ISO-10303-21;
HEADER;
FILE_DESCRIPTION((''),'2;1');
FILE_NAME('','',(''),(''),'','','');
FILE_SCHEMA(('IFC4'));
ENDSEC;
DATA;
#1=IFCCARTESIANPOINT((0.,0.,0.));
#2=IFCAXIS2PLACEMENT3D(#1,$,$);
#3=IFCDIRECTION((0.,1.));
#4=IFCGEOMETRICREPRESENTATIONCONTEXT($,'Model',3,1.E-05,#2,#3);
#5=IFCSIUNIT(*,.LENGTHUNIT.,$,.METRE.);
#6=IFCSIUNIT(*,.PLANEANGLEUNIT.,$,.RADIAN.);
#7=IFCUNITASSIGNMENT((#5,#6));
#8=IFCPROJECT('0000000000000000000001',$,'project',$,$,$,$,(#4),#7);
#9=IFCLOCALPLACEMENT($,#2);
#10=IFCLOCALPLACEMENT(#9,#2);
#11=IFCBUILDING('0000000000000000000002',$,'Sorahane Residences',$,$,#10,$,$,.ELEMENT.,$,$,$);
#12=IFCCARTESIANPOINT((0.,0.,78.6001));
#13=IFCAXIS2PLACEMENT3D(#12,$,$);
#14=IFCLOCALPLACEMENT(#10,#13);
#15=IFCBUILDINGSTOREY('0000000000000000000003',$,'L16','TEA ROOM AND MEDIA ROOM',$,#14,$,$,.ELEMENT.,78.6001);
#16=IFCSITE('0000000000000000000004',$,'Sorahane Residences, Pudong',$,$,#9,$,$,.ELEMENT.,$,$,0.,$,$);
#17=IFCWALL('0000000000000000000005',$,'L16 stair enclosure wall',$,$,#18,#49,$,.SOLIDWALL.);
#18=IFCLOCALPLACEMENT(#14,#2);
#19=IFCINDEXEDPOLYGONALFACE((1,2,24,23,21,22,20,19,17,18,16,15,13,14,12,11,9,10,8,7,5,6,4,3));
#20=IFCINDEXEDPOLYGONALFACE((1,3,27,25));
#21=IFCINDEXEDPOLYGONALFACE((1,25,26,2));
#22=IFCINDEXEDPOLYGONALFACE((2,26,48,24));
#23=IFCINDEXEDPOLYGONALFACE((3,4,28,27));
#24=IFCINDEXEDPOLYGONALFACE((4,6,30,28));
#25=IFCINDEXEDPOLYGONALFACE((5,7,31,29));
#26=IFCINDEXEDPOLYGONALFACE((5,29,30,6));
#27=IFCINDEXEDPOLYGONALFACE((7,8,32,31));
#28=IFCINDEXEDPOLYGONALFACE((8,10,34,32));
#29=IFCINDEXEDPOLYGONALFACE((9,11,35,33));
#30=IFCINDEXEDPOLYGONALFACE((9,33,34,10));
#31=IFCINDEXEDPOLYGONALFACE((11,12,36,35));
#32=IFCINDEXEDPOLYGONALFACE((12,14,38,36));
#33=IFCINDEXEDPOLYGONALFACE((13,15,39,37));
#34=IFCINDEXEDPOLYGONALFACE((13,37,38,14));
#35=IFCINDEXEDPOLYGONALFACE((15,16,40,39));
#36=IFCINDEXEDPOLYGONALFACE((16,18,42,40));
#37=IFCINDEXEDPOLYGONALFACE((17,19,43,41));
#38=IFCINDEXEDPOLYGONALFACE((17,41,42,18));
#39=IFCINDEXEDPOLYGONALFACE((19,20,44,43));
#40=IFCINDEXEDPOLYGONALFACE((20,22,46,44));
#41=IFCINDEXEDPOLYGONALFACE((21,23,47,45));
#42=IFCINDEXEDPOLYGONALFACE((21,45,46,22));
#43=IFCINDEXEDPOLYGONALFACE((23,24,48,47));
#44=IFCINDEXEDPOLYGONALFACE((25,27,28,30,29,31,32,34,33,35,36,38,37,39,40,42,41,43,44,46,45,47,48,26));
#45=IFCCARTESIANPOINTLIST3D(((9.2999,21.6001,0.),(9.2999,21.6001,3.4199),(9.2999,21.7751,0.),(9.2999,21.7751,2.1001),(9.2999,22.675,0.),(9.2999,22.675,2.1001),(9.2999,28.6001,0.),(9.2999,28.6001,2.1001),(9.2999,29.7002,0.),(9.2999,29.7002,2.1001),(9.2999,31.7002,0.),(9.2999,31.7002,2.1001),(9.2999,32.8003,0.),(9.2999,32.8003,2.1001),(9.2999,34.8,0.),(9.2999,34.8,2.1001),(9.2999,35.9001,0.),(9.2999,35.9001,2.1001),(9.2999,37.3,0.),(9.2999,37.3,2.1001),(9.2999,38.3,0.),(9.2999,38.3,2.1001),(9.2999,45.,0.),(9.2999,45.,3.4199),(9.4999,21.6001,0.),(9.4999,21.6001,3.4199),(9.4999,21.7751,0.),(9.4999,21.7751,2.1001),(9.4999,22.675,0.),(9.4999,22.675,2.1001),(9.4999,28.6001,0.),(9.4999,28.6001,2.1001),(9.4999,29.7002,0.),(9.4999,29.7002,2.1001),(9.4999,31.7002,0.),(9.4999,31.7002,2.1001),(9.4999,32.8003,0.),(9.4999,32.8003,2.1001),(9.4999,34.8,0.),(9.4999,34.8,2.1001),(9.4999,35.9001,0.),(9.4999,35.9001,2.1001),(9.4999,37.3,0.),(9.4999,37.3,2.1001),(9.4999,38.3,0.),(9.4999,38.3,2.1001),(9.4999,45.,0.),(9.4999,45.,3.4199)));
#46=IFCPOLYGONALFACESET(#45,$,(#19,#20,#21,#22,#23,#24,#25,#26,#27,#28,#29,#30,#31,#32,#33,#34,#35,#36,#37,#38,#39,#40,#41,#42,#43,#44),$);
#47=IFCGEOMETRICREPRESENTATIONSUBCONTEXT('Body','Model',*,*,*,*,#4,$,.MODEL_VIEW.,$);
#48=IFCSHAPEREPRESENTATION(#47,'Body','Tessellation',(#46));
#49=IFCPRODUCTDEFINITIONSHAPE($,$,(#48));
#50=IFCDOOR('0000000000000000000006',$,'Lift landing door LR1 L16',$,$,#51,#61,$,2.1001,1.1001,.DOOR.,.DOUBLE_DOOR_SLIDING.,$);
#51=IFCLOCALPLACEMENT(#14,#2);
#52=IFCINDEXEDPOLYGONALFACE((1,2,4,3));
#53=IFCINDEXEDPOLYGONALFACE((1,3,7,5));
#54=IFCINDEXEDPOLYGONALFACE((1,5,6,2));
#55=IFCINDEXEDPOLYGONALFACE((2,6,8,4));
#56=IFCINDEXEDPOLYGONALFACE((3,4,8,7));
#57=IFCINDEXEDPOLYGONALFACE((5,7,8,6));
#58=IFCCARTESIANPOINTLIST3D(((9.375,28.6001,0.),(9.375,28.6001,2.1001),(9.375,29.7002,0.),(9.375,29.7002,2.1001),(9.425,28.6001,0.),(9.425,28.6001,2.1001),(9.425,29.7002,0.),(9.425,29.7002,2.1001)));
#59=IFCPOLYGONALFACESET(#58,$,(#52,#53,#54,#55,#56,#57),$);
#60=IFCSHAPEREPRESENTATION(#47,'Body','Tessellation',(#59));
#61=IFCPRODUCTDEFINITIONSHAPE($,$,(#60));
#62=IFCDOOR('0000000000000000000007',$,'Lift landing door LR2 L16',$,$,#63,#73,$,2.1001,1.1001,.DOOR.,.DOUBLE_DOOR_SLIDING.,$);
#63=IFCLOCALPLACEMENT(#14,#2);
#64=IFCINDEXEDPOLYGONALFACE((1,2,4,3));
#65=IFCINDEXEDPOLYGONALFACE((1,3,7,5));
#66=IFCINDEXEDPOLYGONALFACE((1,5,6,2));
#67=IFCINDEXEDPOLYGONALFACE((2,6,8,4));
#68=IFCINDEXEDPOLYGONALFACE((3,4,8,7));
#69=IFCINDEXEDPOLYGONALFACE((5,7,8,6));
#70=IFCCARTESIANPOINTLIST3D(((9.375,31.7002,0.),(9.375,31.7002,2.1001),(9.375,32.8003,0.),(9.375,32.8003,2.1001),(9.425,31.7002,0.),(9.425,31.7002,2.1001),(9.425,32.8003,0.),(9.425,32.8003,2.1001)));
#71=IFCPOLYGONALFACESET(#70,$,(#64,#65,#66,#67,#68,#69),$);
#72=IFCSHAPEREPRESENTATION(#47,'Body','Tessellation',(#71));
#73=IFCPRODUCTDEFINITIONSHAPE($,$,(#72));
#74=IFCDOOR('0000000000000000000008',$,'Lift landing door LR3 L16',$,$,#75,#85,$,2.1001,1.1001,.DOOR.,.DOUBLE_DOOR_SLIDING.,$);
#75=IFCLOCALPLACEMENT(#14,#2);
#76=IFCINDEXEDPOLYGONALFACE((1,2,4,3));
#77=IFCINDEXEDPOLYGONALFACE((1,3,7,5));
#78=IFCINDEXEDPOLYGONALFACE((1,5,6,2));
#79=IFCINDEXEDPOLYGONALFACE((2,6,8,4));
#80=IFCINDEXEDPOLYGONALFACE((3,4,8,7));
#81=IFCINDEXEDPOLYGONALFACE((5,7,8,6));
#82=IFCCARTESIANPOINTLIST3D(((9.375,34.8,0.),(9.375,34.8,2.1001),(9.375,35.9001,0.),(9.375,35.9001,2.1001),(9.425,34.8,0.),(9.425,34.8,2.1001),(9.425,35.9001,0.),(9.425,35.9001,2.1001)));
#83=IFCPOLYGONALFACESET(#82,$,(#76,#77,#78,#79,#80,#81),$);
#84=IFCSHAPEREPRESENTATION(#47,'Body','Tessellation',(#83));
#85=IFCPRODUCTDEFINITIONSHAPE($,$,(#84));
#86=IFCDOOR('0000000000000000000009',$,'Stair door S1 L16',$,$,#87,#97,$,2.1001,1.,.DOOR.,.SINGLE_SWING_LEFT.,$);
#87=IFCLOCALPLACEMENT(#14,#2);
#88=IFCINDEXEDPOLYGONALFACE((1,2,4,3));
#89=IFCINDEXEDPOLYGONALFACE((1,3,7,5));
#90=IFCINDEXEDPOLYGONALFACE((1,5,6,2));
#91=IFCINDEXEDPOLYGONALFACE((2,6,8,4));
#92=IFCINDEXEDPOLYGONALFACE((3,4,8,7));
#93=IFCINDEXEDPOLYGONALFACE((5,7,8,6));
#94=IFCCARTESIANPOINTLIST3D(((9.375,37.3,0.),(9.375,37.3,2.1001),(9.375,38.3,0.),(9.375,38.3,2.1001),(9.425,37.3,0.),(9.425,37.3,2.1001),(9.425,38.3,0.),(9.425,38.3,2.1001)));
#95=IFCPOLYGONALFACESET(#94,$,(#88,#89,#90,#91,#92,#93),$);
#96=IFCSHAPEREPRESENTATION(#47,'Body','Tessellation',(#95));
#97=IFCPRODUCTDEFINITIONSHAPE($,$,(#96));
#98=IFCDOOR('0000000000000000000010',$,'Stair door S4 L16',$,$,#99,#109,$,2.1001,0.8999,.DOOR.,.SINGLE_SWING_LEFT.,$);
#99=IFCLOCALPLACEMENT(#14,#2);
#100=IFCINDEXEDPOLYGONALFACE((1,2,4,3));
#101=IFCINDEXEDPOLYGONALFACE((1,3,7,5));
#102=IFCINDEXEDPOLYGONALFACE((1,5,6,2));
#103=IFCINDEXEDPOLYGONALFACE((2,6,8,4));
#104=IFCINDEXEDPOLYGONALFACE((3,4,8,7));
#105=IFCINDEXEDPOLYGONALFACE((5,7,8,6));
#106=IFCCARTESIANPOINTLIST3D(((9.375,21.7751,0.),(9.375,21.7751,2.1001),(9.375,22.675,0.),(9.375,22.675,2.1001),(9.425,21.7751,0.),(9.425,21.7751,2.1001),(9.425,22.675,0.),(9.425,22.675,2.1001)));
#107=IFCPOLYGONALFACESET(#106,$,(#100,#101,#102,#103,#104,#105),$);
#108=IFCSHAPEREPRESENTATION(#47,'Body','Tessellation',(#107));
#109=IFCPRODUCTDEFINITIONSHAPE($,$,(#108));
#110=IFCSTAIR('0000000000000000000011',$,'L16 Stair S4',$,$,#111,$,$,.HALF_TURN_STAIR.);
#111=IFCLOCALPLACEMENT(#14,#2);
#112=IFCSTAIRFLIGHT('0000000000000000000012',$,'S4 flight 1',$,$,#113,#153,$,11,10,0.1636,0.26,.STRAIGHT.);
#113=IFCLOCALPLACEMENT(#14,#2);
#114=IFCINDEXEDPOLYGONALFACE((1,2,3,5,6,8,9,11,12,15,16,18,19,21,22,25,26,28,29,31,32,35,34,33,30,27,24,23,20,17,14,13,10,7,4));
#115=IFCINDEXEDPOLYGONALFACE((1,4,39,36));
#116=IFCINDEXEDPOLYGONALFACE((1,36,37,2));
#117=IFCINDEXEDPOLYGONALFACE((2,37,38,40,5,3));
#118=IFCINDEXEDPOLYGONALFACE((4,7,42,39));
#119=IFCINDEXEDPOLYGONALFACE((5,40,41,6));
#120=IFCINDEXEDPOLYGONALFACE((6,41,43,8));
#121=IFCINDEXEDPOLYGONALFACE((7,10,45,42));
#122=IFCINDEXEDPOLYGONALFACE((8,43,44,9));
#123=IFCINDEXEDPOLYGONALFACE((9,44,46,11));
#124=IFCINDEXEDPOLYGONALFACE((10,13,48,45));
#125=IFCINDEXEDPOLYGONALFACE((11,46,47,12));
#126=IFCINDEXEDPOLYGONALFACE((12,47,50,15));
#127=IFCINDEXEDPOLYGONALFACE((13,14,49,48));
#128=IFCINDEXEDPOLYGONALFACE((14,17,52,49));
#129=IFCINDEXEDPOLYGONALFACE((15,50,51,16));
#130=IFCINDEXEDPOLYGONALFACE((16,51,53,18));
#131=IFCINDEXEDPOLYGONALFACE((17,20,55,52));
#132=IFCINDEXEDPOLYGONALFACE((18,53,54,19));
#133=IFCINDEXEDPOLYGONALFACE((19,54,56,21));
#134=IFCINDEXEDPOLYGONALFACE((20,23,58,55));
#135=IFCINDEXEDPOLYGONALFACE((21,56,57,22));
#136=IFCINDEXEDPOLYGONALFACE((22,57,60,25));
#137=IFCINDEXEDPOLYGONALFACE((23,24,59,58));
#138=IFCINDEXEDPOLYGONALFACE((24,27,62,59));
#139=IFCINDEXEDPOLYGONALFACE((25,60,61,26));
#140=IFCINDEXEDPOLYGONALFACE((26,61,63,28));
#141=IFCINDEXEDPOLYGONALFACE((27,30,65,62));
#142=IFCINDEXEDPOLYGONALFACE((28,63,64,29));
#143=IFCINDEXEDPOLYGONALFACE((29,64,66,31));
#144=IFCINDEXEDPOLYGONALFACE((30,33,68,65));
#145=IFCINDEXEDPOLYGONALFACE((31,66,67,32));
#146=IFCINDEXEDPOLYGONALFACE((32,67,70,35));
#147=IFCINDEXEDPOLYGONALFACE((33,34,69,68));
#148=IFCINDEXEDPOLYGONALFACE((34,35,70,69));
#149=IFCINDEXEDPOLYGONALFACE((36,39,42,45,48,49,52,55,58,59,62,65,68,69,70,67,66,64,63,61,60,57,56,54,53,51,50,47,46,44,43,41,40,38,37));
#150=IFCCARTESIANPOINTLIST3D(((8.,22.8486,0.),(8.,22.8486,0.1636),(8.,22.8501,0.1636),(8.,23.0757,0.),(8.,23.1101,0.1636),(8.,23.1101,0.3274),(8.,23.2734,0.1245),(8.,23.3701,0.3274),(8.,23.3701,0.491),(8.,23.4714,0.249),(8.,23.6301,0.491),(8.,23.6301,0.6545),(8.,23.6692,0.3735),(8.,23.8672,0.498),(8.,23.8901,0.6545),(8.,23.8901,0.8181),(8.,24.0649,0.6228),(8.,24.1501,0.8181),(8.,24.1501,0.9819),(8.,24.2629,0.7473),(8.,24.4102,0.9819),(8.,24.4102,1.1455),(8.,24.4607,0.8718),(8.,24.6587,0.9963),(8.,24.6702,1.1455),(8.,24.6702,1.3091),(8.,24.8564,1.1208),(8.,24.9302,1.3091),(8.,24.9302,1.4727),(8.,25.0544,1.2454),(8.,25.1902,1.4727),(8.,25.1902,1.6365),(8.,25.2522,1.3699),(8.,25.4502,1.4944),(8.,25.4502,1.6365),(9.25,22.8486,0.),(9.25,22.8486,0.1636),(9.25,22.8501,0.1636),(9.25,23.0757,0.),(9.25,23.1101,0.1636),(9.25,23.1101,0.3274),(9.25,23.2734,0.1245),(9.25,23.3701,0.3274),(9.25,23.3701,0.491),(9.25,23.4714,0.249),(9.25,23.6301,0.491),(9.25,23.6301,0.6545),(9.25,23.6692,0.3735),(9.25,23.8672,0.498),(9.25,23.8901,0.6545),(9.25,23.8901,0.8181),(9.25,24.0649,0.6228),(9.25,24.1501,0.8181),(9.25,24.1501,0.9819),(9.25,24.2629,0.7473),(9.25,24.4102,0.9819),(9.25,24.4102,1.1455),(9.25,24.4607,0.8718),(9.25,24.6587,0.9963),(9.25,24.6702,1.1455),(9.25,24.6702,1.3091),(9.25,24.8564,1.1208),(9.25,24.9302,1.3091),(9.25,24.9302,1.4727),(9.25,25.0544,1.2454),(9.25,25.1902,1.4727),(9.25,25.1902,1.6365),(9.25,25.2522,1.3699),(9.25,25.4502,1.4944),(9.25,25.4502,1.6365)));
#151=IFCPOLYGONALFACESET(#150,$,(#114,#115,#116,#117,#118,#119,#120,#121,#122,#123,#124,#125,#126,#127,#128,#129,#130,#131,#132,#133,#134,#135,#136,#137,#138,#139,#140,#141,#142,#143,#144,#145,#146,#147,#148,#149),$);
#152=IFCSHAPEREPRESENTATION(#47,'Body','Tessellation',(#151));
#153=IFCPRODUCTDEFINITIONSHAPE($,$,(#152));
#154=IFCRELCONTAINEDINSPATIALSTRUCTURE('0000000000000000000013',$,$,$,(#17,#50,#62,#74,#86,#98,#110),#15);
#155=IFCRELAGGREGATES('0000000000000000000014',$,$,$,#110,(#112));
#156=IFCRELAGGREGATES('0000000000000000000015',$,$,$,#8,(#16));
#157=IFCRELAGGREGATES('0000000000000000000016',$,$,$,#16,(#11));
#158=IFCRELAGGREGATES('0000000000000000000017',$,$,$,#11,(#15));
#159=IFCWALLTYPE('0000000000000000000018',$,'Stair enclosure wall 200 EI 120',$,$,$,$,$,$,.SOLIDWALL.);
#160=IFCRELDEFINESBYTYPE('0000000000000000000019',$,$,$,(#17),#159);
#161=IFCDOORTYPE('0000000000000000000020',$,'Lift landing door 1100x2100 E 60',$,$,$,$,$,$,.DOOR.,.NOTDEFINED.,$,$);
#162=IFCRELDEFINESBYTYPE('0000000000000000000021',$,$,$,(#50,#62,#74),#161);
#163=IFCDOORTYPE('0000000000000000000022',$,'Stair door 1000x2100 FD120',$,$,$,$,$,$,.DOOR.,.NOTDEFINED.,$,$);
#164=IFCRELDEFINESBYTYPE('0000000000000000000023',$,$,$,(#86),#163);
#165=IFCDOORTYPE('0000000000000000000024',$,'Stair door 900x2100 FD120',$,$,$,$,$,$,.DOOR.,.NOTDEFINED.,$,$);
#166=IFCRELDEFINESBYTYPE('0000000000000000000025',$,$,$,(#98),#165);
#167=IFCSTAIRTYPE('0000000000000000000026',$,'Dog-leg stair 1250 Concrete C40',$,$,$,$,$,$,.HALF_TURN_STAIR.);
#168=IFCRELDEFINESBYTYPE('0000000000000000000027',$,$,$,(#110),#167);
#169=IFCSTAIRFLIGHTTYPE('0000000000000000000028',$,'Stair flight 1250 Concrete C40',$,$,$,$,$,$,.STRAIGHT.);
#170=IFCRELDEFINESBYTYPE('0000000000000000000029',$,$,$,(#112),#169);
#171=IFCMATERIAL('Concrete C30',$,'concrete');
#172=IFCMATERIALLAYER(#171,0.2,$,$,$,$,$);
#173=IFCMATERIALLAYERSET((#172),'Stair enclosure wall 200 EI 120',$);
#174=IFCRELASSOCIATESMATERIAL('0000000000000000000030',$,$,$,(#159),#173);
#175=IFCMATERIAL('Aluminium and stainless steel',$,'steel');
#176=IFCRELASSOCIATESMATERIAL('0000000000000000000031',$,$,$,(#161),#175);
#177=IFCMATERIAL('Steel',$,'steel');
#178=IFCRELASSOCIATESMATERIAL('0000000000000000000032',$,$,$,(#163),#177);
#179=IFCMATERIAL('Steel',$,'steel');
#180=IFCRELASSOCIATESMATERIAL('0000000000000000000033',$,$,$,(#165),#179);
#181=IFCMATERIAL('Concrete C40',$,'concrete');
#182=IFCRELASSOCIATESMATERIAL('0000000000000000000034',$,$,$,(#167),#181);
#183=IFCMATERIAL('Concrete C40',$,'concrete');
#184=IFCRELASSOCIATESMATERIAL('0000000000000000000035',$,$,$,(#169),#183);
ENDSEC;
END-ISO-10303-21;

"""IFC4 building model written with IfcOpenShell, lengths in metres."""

from ifc_helpers import new_model, si_unit, direction, frame, frame_2d, origin, place, context, subcontext, project, spatial, polyline, rectangle, outline, extrude, material, layer, layer_set, type_object, element, fill, aggregate, save


model = new_model("IFC4")

# Units and contexts
model_context = context("Model", 3, precision=1e-05, world=origin(), true_north=direction((0.0, 1.0)))
body_context = subcontext(model_context, "Body", "Model", "MODEL_VIEW")
ifc_project = project(units=[si_unit("LENGTHUNIT", "METRE"), si_unit("PLANEANGLEUNIT", "RADIAN")], contexts=[model_context])

# Site, building, storey
site_placement = place(None, origin())
site = spatial("IfcSite", under=ifc_project, at=site_placement, Name="Sorahane Residences, Pudong", CompositionType="ELEMENT", RefElevation=0.0)
building_placement = place(site_placement, origin())
building = spatial("IfcBuilding", under=site, at=building_placement, Name="Sorahane Residences", CompositionType="ELEMENT")
storey_placement = place(building_placement, frame((0.0, 0.0, 78.6001)))
storey = spatial("IfcBuildingStorey", under=building, at=storey_placement, Name="L16", Description="TEA ROOM AND MEDIA ROOM", CompositionType="ELEMENT", Elevation=78.6001)

# Wall, openings, doors
ifc_material_1 = material(Name="Concrete C30", Category="concrete")
ifc_layer_1 = layer(ifc_material_1, 0.2)
ifc_layer_set_1 = layer_set([ifc_layer_1], Name="Stair enclosure wall 200 EI 120")
wall_type_1 = type_object("IfcWallType", Name="Stair enclosure wall 200 EI 120", PredefinedType="SOLIDWALL", material=ifc_layer_set_1)
wall_1_placement = place(storey_placement, frame((9.3999, 21.6001, 0.0), z_axis=(0.0, 0.0, 1.0), x_axis=(0.0, 1.0, 0.0)))
wall_1 = element("IfcWall", 1, at=wall_1_placement, inside=storey, type_object=wall_type_1, Name="L16 stair enclosure wall", PredefinedType="SOLIDWALL", context=body_context, shape_type="SweptSolid", body=[
    extrude(rectangle(XDim=23.3999, YDim=0.2, at=frame_2d((11.7, 0.0))), origin(), (0.0, 0.0, 1.0), 3.4199),
])
opening_1_placement = place(wall_1_placement, frame((7.0, 0.0, 0.0)))
opening_1 = element("IfcOpeningElement", 2, at=opening_1_placement, cuts=wall_1, PredefinedType="OPENING", context=body_context, shape_type="SweptSolid", body=[
    extrude(rectangle(XDim=1.1001, YDim=2.1001, at=frame_2d((0.55, 1.05))), frame((0.0, 0.1099, 0.0), z_axis=(0.0, -1.0, 0.0), x_axis=(1.0, 0.0, 0.0)), (0.0, 0.0, 1.0), 0.22),
])
opening_2_placement = place(wall_1_placement, frame((10.1001, 0.0, 0.0)))
opening_2 = element("IfcOpeningElement", 3, at=opening_2_placement, cuts=wall_1, PredefinedType="OPENING", context=body_context, shape_type="SweptSolid", body=[
    extrude(rectangle(XDim=1.1001, YDim=2.1001, at=frame_2d((0.55, 1.05))), frame((0.0, 0.1099, 0.0), z_axis=(0.0, -1.0, 0.0), x_axis=(1.0, 0.0, 0.0)), (0.0, 0.0, 1.0), 0.22),
])
opening_3_placement = place(wall_1_placement, frame((13.2, 0.0, 0.0)))
opening_3 = element("IfcOpeningElement", 4, at=opening_3_placement, cuts=wall_1, PredefinedType="OPENING", context=body_context, shape_type="SweptSolid", body=[
    extrude(rectangle(XDim=1.1001, YDim=2.1001, at=frame_2d((0.55, 1.05))), frame((0.0, 0.1099, 0.0), z_axis=(0.0, -1.0, 0.0), x_axis=(1.0, 0.0, 0.0)), (0.0, 0.0, 1.0), 0.22),
])
opening_4_placement = place(wall_1_placement, frame((15.7, 0.0, 0.0)))
opening_4 = element("IfcOpeningElement", 5, at=opening_4_placement, cuts=wall_1, PredefinedType="OPENING", context=body_context, shape_type="SweptSolid", body=[
    extrude(rectangle(XDim=1.0, YDim=2.1001, at=frame_2d((0.5, 1.05))), frame((0.0, 0.1099, 0.0), z_axis=(0.0, -1.0, 0.0), x_axis=(1.0, 0.0, 0.0)), (0.0, 0.0, 1.0), 0.22),
])
opening_5_placement = place(wall_1_placement, frame((0.175, 0.0, 0.0)))
opening_5 = element("IfcOpeningElement", 6, at=opening_5_placement, cuts=wall_1, PredefinedType="OPENING", context=body_context, shape_type="SweptSolid", body=[
    extrude(rectangle(XDim=0.8999, YDim=2.1001, at=frame_2d((0.45, 1.05))), frame((0.0, 0.1099, 0.0), z_axis=(0.0, -1.0, 0.0), x_axis=(1.0, 0.0, 0.0)), (0.0, 0.0, 1.0), 0.22),
])
ifc_material_2 = material(Name="Aluminium and stainless steel", Category="steel")
door_type_1 = type_object("IfcDoorType", Name="Lift landing door 1100x2100 E 60", OperationType="NOTDEFINED", PredefinedType="DOOR", material=ifc_material_2)
door_1_placement = place(opening_1_placement, origin())
door_1 = element("IfcDoor", 7, at=door_1_placement, inside=storey, type_object=door_type_1, Name="Lift landing door LR1 L16", OperationType="DOUBLE_DOOR_SLIDING", OverallHeight=2.1001, OverallWidth=1.1001, PredefinedType="DOOR", context=body_context, shape_type="SweptSolid", body=[
    extrude(rectangle(XDim=1.1001, YDim=2.1001, at=frame_2d((0.55, 1.05))), frame((0.0, 0.0249, 0.0), z_axis=(0.0, -1.0, 0.0), x_axis=(1.0, 0.0, 0.0)), (0.0, 0.0, 1.0), 0.05),
])
fill(opening_1, door_1)
door_2_placement = place(opening_2_placement, origin())
door_2 = element("IfcDoor", 8, at=door_2_placement, inside=storey, type_object=door_type_1, Name="Lift landing door LR2 L16", OperationType="DOUBLE_DOOR_SLIDING", OverallHeight=2.1001, OverallWidth=1.1001, PredefinedType="DOOR", context=body_context, shape_type="SweptSolid", body=[
    extrude(rectangle(XDim=1.1001, YDim=2.1001, at=frame_2d((0.55, 1.05))), frame((0.0, 0.0249, 0.0), z_axis=(0.0, -1.0, 0.0), x_axis=(1.0, 0.0, 0.0)), (0.0, 0.0, 1.0), 0.05),
])
fill(opening_2, door_2)
door_3_placement = place(opening_3_placement, origin())
door_3 = element("IfcDoor", 9, at=door_3_placement, inside=storey, type_object=door_type_1, Name="Lift landing door LR3 L16", OperationType="DOUBLE_DOOR_SLIDING", OverallHeight=2.1001, OverallWidth=1.1001, PredefinedType="DOOR", context=body_context, shape_type="SweptSolid", body=[
    extrude(rectangle(XDim=1.1001, YDim=2.1001, at=frame_2d((0.55, 1.05))), frame((0.0, 0.0249, 0.0), z_axis=(0.0, -1.0, 0.0), x_axis=(1.0, 0.0, 0.0)), (0.0, 0.0, 1.0), 0.05),
])
fill(opening_3, door_3)
ifc_material_3 = material(Name="Steel", Category="steel")
door_type_2 = type_object("IfcDoorType", Name="Stair door 1000x2100 FD120", OperationType="NOTDEFINED", PredefinedType="DOOR", material=ifc_material_3)
door_4_placement = place(opening_4_placement, origin())
door_4 = element("IfcDoor", 10, at=door_4_placement, inside=storey, type_object=door_type_2, Name="Stair door S1 L16", OperationType="SINGLE_SWING_LEFT", OverallHeight=2.1001, OverallWidth=1.0, PredefinedType="DOOR", context=body_context, shape_type="SweptSolid", body=[
    extrude(rectangle(XDim=1.0, YDim=2.1001, at=frame_2d((0.5, 1.05))), frame((0.0, 0.0249, 0.0), z_axis=(0.0, -1.0, 0.0), x_axis=(1.0, 0.0, 0.0)), (0.0, 0.0, 1.0), 0.05),
])
fill(opening_4, door_4)
ifc_material_4 = material(Name="Steel", Category="steel")
door_type_3 = type_object("IfcDoorType", Name="Stair door 900x2100 FD120", OperationType="NOTDEFINED", PredefinedType="DOOR", material=ifc_material_4)
door_5_placement = place(opening_5_placement, origin())
door_5 = element("IfcDoor", 11, at=door_5_placement, inside=storey, type_object=door_type_3, Name="Stair door S4 L16", OperationType="SINGLE_SWING_LEFT", OverallHeight=2.1001, OverallWidth=0.8999, PredefinedType="DOOR", context=body_context, shape_type="SweptSolid", body=[
    extrude(rectangle(XDim=0.8999, YDim=2.1001, at=frame_2d((0.45, 1.05))), frame((0.0, 0.0249, 0.0), z_axis=(0.0, -1.0, 0.0), x_axis=(1.0, 0.0, 0.0)), (0.0, 0.0, 1.0), 0.05),
])
fill(opening_5, door_5)

# Stair, stair flight
ifc_material_5 = material(Name="Concrete C40", Category="concrete")
stair_type = type_object("IfcStairType", Name="Dog-leg stair 1250 Concrete C40", PredefinedType="HALF_TURN_STAIR", material=ifc_material_5)
stair_placement = place(storey_placement, origin())
stair = element("IfcStair", 12, at=stair_placement, inside=storey, type_object=stair_type, Name="L16 Stair S4", PredefinedType="HALF_TURN_STAIR")
ifc_material_6 = material(Name="Concrete C40", Category="concrete")
stair_flight_type = type_object("IfcStairFlightType", Name="Stair flight 1250 Concrete C40", PredefinedType="STRAIGHT", material=ifc_material_6)
stair_flight_placement = place(storey_placement, frame((8.625, 22.8501, 0.0), z_axis=(0.0, 0.0, 1.0), x_axis=(0.0, 1.0, 0.0)))
stair_flight = element("IfcStairFlight", 13, at=stair_flight_placement, type_object=stair_flight_type, Name="S4 flight 1", NumberOfRisers=11, NumberOfTreads=10, PredefinedType="STRAIGHT", RiserHeight=0.1636, TreadLength=0.26, context=body_context, shape_type="SweptSolid", body=[
    extrude(outline(polyline([(-0.0015, 0.0), (-0.0015, 0.1636), (0.0, 0.1636), (0.26, 0.1636), (0.26, 0.3274), (0.52, 0.3274), (0.52, 0.491), (0.78, 0.491), (0.78, 0.6545), (1.04, 0.6545), (1.04, 0.8181), (1.3, 0.8181), (1.3, 0.9819), (1.5601, 0.9819), (1.5601, 1.1455), (1.8201, 1.1455), (1.8201, 1.3091), (2.0801, 1.3091), (2.0801, 1.4727), (2.3401, 1.4727), (2.3401, 1.6365), (2.6001, 1.6365), (2.6001, 1.8), (2.6001, 1.4944), (2.4021, 1.3699), (2.2043, 1.2454), (2.0063, 1.1208), (1.8086, 0.9963), (1.6106, 0.8718), (1.4128, 0.7473), (1.2148, 0.6228), (1.0171, 0.498), (0.8191, 0.3735), (0.6213, 0.249), (0.4233, 0.1245), (0.2256, 0.0), (-0.0015, 0.0)])), frame((0.0, 0.625, 0.0), z_axis=(0.0, -1.0, 0.0), x_axis=(1.0, 0.0, 0.0)), (0.0, 0.0, 1.0), 1.25),
])
aggregate(stair, [stair_flight])

save(model, "model.ifc")
